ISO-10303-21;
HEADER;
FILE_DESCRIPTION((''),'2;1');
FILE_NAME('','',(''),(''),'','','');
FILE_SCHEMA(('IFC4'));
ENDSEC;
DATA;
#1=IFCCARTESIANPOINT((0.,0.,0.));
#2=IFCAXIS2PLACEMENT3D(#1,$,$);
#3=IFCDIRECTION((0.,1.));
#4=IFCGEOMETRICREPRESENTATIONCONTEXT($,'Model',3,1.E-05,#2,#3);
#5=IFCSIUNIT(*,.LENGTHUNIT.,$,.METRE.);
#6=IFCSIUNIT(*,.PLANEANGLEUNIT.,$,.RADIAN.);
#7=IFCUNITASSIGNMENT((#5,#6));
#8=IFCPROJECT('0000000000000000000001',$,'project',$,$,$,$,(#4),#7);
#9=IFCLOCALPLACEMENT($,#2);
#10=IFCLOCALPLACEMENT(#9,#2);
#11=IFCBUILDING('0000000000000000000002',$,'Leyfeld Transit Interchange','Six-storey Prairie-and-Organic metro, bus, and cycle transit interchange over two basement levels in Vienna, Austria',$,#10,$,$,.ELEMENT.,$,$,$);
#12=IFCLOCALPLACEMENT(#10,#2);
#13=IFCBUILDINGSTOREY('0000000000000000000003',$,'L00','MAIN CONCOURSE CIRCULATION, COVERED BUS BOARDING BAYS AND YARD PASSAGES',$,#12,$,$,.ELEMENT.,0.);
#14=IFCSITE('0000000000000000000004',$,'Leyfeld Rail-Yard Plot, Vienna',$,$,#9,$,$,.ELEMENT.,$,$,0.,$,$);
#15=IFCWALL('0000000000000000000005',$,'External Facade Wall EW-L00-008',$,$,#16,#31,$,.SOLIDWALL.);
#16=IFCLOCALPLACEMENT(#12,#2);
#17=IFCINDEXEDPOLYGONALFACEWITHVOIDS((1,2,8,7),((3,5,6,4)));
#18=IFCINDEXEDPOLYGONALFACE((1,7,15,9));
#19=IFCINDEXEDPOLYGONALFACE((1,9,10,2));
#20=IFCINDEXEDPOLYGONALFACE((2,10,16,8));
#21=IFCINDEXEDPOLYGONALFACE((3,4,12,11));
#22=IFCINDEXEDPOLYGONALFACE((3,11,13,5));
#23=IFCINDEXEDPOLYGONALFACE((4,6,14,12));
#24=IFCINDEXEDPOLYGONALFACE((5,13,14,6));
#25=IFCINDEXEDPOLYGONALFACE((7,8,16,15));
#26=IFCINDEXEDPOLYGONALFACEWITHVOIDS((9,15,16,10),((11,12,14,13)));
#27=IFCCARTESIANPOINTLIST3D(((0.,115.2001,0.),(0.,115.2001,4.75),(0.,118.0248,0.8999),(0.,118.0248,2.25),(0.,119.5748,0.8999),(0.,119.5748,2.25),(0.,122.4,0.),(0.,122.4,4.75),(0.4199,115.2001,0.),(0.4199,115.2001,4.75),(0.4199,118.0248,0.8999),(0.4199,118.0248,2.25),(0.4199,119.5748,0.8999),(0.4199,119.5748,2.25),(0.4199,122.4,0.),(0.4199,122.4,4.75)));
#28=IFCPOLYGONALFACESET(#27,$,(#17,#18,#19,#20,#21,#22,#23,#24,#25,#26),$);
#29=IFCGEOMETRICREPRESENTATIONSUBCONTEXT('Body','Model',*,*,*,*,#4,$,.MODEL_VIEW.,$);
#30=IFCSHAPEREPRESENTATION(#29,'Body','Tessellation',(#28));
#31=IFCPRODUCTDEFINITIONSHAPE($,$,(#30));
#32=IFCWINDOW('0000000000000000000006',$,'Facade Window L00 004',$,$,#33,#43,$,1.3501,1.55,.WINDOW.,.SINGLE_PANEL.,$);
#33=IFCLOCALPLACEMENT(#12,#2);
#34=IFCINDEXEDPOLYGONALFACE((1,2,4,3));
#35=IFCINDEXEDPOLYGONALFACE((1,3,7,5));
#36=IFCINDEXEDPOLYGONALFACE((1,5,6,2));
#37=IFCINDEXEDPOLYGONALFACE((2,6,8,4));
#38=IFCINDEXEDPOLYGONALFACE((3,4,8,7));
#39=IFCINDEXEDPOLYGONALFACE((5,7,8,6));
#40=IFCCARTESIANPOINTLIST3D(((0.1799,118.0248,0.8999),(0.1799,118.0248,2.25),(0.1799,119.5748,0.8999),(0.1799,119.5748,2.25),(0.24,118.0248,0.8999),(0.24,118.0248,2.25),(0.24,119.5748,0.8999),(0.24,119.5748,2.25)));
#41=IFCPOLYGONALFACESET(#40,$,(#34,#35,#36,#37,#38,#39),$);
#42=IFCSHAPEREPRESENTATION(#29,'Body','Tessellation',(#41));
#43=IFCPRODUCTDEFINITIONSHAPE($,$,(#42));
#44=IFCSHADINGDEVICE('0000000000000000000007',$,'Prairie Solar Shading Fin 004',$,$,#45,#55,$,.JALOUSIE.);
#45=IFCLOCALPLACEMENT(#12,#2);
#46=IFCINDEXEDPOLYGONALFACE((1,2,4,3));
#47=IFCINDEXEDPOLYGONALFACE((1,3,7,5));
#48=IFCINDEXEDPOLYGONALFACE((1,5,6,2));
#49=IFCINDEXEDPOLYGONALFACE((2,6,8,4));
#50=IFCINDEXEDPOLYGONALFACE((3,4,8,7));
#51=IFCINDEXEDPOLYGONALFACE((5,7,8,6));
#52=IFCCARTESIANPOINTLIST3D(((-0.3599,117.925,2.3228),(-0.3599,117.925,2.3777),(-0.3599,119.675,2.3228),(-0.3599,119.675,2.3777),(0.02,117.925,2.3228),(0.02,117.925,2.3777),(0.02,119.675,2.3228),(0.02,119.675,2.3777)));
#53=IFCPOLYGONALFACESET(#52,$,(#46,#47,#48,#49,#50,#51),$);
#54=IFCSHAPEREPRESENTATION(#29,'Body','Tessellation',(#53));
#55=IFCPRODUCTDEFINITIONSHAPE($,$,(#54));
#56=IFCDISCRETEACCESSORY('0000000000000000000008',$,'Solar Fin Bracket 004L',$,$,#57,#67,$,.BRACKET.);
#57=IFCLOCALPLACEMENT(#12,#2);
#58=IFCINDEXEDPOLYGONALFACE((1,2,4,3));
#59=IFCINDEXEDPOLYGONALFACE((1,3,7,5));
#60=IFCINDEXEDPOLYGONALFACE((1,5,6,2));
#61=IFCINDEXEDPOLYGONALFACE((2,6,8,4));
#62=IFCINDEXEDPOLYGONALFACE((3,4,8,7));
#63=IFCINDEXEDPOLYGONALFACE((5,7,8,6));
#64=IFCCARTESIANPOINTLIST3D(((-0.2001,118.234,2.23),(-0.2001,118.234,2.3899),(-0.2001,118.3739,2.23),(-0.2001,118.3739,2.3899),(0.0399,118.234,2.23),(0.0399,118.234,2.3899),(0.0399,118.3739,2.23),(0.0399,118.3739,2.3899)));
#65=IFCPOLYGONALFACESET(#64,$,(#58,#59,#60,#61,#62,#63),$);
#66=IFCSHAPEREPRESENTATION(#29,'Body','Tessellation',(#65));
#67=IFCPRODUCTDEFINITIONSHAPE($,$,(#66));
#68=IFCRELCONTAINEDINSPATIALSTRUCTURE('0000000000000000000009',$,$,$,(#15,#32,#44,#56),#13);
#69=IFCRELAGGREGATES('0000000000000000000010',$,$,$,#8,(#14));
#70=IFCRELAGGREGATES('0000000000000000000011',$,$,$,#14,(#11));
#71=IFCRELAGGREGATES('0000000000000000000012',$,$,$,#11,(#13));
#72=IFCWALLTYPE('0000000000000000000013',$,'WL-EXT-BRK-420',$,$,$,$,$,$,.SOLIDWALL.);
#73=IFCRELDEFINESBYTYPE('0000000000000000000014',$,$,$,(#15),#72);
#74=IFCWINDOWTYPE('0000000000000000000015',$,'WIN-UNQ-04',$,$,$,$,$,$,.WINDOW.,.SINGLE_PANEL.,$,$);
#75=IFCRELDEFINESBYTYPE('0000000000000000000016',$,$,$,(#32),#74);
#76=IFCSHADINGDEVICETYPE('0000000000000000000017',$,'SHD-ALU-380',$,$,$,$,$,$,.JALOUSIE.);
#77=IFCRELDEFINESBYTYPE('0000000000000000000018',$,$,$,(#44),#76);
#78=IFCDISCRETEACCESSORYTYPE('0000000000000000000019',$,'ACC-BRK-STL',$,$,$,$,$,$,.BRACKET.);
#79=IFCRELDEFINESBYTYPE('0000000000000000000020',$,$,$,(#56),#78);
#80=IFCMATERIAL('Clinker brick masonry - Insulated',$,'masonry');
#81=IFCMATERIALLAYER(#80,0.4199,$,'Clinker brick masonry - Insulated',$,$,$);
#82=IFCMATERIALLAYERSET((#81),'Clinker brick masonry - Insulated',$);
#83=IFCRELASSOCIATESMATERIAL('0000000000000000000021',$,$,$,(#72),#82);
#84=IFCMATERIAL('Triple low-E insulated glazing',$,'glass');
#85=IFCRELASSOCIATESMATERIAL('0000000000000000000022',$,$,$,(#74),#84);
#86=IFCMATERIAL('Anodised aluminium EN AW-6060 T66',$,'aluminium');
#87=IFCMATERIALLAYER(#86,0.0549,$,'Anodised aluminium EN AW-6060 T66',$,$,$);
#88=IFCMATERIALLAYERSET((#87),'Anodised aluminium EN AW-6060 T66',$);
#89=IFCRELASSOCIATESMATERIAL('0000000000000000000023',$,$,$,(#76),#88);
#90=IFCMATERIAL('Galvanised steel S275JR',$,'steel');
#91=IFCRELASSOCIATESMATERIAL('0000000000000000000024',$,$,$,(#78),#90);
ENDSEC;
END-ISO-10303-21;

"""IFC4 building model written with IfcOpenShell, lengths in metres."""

from ifc_helpers import new_model, si_unit, direction, frame, frame_2d, origin, origin_2d, place, context, subcontext, project, spatial, rectangle, extrude, material, layer, layer_set, type_object, element, fill, save


model = new_model("IFC4")

# Units and contexts
model_context = context("Model", 3, precision=1e-05, world=origin(), true_north=direction((0.0, 1.0)))
body_context = subcontext(model_context, "Body", "Model", "MODEL_VIEW")
ifc_project = project(units=[si_unit("LENGTHUNIT", "METRE"), si_unit("PLANEANGLEUNIT", "RADIAN")], contexts=[model_context])

# Site, building, storey
site_placement = place(None, origin())
site = spatial("IfcSite", under=ifc_project, at=site_placement, Name="Leyfeld Rail-Yard Plot, Vienna", CompositionType="ELEMENT", RefElevation=0.0)
building_placement = place(site_placement, origin())
building = spatial("IfcBuilding", under=site, at=building_placement, Name="Leyfeld Transit Interchange", Description="Six-storey Prairie-and-Organic metro, bus, and cycle transit interchange over two basement levels in Vienna, Austria", CompositionType="ELEMENT")
storey_placement = place(building_placement, origin())
storey = spatial("IfcBuildingStorey", under=building, at=storey_placement, Name="L00", Description="MAIN CONCOURSE CIRCULATION, COVERED BUS BOARDING BAYS AND YARD PASSAGES", CompositionType="ELEMENT", Elevation=0.0)

# Wall, opening, window
ifc_material_1 = material(Name="Clinker brick masonry - Insulated", Category="masonry")
ifc_layer_1 = layer(ifc_material_1, 0.4199, Name="Clinker brick masonry - Insulated")
ifc_layer_set_1 = layer_set([ifc_layer_1], Name="Clinker brick masonry - Insulated")
wall_type = type_object("IfcWallType", Name="WL-EXT-BRK-420", PredefinedType="SOLIDWALL", material=ifc_layer_set_1)
wall_placement = place(storey_placement, frame((0.21, 115.2, 0.0), z_axis=(0.0, 0.0, 1.0), x_axis=(0.0, 1.0, 0.0)))
wall = element("IfcWall", 1, at=wall_placement, inside=storey, type_object=wall_type, Name="External Facade Wall EW-L00-008", PredefinedType="SOLIDWALL", context=body_context, shape_type="SweptSolid", body=[
    extrude(rectangle(XDim=7.2, YDim=0.4199, at=frame_2d((3.6001, 0.0))), origin(), (0.0, 0.0, 1.0), 4.75),
])
opening_placement = place(wall_placement, frame((2.825, 0.0, 0.8999)))
opening = element("IfcOpeningElement", 2, at=opening_placement, cuts=wall, PredefinedType="OPENING", context=body_context, shape_type="SweptSolid", body=[
    extrude(rectangle(XDim=1.55, YDim=1.3501, at=frame_2d((0.7749, 0.675))), frame((0.0, 0.22, 0.0), z_axis=(0.0, -1.0, 0.0), x_axis=(1.0, 0.0, 0.0)), (0.0, 0.0, 1.0), 0.4399),
])
ifc_material_2 = material(Name="Triple low-E insulated glazing", Category="glass")
window_type = type_object("IfcWindowType", Name="WIN-UNQ-04", PartitioningType="SINGLE_PANEL", PredefinedType="WINDOW", material=ifc_material_2)
window_placement = place(opening_placement, origin())
window = element("IfcWindow", 3, at=window_placement, inside=storey, type_object=window_type, Name="Facade Window L00 004", OverallHeight=1.3501, OverallWidth=1.55, PartitioningType="SINGLE_PANEL", PredefinedType="WINDOW", context=body_context, shape_type="SweptSolid", body=[
    extrude(rectangle(XDim=1.55, YDim=1.3501, at=frame_2d((0.7749, 0.675))), frame((0.0, 0.03, 0.0), z_axis=(0.0, -1.0, 0.0), x_axis=(1.0, 0.0, 0.0)), (0.0, 0.0, 1.0), 0.0601),
])
fill(opening, window)

# Shading device
ifc_material_3 = material(Name="Anodised aluminium EN AW-6060 T66", Category="aluminium")
ifc_layer_2 = layer(ifc_material_3, 0.0549, Name="Anodised aluminium EN AW-6060 T66")
ifc_layer_set_2 = layer_set([ifc_layer_2], Name="Anodised aluminium EN AW-6060 T66")
shading_device_type = type_object("IfcShadingDeviceType", Name="SHD-ALU-380", PredefinedType="JALOUSIE", material=ifc_layer_set_2)
shading_device_placement = place(storey_placement, frame((-0.1699, 118.8, 2.3228), z_axis=(0.0, 0.0, 1.0), x_axis=(0.0, 1.0, 0.0)))
element("IfcShadingDevice", 4, at=shading_device_placement, inside=storey, type_object=shading_device_type, Name="Prairie Solar Shading Fin 004", PredefinedType="JALOUSIE", context=body_context, shape_type="SweptSolid", body=[
    extrude(rectangle(XDim=1.75, YDim=0.3799, at=origin_2d()), origin(), (0.0, 0.0, 1.0), 0.0549),
])

# Discrete accessory
ifc_material_4 = material(Name="Galvanised steel S275JR", Category="steel")
discrete_accessory_type = type_object("IfcDiscreteAccessoryType", Name="ACC-BRK-STL", PredefinedType="BRACKET", material=ifc_material_4)
discrete_accessory_placement = place(storey_placement, frame((-0.0801, 118.304, 2.23), z_axis=(0.0, 0.0, 1.0), x_axis=(0.0, 1.0, 0.0)))
element("IfcDiscreteAccessory", 5, at=discrete_accessory_placement, inside=storey, type_object=discrete_accessory_type, Name="Solar Fin Bracket 004L", PredefinedType="BRACKET", context=body_context, shape_type="SweptSolid", body=[
    extrude(rectangle(XDim=0.1399, YDim=0.24, at=origin_2d()), origin(), (0.0, 0.0, 1.0), 0.1599),
])

save(model, "model.ifc")
